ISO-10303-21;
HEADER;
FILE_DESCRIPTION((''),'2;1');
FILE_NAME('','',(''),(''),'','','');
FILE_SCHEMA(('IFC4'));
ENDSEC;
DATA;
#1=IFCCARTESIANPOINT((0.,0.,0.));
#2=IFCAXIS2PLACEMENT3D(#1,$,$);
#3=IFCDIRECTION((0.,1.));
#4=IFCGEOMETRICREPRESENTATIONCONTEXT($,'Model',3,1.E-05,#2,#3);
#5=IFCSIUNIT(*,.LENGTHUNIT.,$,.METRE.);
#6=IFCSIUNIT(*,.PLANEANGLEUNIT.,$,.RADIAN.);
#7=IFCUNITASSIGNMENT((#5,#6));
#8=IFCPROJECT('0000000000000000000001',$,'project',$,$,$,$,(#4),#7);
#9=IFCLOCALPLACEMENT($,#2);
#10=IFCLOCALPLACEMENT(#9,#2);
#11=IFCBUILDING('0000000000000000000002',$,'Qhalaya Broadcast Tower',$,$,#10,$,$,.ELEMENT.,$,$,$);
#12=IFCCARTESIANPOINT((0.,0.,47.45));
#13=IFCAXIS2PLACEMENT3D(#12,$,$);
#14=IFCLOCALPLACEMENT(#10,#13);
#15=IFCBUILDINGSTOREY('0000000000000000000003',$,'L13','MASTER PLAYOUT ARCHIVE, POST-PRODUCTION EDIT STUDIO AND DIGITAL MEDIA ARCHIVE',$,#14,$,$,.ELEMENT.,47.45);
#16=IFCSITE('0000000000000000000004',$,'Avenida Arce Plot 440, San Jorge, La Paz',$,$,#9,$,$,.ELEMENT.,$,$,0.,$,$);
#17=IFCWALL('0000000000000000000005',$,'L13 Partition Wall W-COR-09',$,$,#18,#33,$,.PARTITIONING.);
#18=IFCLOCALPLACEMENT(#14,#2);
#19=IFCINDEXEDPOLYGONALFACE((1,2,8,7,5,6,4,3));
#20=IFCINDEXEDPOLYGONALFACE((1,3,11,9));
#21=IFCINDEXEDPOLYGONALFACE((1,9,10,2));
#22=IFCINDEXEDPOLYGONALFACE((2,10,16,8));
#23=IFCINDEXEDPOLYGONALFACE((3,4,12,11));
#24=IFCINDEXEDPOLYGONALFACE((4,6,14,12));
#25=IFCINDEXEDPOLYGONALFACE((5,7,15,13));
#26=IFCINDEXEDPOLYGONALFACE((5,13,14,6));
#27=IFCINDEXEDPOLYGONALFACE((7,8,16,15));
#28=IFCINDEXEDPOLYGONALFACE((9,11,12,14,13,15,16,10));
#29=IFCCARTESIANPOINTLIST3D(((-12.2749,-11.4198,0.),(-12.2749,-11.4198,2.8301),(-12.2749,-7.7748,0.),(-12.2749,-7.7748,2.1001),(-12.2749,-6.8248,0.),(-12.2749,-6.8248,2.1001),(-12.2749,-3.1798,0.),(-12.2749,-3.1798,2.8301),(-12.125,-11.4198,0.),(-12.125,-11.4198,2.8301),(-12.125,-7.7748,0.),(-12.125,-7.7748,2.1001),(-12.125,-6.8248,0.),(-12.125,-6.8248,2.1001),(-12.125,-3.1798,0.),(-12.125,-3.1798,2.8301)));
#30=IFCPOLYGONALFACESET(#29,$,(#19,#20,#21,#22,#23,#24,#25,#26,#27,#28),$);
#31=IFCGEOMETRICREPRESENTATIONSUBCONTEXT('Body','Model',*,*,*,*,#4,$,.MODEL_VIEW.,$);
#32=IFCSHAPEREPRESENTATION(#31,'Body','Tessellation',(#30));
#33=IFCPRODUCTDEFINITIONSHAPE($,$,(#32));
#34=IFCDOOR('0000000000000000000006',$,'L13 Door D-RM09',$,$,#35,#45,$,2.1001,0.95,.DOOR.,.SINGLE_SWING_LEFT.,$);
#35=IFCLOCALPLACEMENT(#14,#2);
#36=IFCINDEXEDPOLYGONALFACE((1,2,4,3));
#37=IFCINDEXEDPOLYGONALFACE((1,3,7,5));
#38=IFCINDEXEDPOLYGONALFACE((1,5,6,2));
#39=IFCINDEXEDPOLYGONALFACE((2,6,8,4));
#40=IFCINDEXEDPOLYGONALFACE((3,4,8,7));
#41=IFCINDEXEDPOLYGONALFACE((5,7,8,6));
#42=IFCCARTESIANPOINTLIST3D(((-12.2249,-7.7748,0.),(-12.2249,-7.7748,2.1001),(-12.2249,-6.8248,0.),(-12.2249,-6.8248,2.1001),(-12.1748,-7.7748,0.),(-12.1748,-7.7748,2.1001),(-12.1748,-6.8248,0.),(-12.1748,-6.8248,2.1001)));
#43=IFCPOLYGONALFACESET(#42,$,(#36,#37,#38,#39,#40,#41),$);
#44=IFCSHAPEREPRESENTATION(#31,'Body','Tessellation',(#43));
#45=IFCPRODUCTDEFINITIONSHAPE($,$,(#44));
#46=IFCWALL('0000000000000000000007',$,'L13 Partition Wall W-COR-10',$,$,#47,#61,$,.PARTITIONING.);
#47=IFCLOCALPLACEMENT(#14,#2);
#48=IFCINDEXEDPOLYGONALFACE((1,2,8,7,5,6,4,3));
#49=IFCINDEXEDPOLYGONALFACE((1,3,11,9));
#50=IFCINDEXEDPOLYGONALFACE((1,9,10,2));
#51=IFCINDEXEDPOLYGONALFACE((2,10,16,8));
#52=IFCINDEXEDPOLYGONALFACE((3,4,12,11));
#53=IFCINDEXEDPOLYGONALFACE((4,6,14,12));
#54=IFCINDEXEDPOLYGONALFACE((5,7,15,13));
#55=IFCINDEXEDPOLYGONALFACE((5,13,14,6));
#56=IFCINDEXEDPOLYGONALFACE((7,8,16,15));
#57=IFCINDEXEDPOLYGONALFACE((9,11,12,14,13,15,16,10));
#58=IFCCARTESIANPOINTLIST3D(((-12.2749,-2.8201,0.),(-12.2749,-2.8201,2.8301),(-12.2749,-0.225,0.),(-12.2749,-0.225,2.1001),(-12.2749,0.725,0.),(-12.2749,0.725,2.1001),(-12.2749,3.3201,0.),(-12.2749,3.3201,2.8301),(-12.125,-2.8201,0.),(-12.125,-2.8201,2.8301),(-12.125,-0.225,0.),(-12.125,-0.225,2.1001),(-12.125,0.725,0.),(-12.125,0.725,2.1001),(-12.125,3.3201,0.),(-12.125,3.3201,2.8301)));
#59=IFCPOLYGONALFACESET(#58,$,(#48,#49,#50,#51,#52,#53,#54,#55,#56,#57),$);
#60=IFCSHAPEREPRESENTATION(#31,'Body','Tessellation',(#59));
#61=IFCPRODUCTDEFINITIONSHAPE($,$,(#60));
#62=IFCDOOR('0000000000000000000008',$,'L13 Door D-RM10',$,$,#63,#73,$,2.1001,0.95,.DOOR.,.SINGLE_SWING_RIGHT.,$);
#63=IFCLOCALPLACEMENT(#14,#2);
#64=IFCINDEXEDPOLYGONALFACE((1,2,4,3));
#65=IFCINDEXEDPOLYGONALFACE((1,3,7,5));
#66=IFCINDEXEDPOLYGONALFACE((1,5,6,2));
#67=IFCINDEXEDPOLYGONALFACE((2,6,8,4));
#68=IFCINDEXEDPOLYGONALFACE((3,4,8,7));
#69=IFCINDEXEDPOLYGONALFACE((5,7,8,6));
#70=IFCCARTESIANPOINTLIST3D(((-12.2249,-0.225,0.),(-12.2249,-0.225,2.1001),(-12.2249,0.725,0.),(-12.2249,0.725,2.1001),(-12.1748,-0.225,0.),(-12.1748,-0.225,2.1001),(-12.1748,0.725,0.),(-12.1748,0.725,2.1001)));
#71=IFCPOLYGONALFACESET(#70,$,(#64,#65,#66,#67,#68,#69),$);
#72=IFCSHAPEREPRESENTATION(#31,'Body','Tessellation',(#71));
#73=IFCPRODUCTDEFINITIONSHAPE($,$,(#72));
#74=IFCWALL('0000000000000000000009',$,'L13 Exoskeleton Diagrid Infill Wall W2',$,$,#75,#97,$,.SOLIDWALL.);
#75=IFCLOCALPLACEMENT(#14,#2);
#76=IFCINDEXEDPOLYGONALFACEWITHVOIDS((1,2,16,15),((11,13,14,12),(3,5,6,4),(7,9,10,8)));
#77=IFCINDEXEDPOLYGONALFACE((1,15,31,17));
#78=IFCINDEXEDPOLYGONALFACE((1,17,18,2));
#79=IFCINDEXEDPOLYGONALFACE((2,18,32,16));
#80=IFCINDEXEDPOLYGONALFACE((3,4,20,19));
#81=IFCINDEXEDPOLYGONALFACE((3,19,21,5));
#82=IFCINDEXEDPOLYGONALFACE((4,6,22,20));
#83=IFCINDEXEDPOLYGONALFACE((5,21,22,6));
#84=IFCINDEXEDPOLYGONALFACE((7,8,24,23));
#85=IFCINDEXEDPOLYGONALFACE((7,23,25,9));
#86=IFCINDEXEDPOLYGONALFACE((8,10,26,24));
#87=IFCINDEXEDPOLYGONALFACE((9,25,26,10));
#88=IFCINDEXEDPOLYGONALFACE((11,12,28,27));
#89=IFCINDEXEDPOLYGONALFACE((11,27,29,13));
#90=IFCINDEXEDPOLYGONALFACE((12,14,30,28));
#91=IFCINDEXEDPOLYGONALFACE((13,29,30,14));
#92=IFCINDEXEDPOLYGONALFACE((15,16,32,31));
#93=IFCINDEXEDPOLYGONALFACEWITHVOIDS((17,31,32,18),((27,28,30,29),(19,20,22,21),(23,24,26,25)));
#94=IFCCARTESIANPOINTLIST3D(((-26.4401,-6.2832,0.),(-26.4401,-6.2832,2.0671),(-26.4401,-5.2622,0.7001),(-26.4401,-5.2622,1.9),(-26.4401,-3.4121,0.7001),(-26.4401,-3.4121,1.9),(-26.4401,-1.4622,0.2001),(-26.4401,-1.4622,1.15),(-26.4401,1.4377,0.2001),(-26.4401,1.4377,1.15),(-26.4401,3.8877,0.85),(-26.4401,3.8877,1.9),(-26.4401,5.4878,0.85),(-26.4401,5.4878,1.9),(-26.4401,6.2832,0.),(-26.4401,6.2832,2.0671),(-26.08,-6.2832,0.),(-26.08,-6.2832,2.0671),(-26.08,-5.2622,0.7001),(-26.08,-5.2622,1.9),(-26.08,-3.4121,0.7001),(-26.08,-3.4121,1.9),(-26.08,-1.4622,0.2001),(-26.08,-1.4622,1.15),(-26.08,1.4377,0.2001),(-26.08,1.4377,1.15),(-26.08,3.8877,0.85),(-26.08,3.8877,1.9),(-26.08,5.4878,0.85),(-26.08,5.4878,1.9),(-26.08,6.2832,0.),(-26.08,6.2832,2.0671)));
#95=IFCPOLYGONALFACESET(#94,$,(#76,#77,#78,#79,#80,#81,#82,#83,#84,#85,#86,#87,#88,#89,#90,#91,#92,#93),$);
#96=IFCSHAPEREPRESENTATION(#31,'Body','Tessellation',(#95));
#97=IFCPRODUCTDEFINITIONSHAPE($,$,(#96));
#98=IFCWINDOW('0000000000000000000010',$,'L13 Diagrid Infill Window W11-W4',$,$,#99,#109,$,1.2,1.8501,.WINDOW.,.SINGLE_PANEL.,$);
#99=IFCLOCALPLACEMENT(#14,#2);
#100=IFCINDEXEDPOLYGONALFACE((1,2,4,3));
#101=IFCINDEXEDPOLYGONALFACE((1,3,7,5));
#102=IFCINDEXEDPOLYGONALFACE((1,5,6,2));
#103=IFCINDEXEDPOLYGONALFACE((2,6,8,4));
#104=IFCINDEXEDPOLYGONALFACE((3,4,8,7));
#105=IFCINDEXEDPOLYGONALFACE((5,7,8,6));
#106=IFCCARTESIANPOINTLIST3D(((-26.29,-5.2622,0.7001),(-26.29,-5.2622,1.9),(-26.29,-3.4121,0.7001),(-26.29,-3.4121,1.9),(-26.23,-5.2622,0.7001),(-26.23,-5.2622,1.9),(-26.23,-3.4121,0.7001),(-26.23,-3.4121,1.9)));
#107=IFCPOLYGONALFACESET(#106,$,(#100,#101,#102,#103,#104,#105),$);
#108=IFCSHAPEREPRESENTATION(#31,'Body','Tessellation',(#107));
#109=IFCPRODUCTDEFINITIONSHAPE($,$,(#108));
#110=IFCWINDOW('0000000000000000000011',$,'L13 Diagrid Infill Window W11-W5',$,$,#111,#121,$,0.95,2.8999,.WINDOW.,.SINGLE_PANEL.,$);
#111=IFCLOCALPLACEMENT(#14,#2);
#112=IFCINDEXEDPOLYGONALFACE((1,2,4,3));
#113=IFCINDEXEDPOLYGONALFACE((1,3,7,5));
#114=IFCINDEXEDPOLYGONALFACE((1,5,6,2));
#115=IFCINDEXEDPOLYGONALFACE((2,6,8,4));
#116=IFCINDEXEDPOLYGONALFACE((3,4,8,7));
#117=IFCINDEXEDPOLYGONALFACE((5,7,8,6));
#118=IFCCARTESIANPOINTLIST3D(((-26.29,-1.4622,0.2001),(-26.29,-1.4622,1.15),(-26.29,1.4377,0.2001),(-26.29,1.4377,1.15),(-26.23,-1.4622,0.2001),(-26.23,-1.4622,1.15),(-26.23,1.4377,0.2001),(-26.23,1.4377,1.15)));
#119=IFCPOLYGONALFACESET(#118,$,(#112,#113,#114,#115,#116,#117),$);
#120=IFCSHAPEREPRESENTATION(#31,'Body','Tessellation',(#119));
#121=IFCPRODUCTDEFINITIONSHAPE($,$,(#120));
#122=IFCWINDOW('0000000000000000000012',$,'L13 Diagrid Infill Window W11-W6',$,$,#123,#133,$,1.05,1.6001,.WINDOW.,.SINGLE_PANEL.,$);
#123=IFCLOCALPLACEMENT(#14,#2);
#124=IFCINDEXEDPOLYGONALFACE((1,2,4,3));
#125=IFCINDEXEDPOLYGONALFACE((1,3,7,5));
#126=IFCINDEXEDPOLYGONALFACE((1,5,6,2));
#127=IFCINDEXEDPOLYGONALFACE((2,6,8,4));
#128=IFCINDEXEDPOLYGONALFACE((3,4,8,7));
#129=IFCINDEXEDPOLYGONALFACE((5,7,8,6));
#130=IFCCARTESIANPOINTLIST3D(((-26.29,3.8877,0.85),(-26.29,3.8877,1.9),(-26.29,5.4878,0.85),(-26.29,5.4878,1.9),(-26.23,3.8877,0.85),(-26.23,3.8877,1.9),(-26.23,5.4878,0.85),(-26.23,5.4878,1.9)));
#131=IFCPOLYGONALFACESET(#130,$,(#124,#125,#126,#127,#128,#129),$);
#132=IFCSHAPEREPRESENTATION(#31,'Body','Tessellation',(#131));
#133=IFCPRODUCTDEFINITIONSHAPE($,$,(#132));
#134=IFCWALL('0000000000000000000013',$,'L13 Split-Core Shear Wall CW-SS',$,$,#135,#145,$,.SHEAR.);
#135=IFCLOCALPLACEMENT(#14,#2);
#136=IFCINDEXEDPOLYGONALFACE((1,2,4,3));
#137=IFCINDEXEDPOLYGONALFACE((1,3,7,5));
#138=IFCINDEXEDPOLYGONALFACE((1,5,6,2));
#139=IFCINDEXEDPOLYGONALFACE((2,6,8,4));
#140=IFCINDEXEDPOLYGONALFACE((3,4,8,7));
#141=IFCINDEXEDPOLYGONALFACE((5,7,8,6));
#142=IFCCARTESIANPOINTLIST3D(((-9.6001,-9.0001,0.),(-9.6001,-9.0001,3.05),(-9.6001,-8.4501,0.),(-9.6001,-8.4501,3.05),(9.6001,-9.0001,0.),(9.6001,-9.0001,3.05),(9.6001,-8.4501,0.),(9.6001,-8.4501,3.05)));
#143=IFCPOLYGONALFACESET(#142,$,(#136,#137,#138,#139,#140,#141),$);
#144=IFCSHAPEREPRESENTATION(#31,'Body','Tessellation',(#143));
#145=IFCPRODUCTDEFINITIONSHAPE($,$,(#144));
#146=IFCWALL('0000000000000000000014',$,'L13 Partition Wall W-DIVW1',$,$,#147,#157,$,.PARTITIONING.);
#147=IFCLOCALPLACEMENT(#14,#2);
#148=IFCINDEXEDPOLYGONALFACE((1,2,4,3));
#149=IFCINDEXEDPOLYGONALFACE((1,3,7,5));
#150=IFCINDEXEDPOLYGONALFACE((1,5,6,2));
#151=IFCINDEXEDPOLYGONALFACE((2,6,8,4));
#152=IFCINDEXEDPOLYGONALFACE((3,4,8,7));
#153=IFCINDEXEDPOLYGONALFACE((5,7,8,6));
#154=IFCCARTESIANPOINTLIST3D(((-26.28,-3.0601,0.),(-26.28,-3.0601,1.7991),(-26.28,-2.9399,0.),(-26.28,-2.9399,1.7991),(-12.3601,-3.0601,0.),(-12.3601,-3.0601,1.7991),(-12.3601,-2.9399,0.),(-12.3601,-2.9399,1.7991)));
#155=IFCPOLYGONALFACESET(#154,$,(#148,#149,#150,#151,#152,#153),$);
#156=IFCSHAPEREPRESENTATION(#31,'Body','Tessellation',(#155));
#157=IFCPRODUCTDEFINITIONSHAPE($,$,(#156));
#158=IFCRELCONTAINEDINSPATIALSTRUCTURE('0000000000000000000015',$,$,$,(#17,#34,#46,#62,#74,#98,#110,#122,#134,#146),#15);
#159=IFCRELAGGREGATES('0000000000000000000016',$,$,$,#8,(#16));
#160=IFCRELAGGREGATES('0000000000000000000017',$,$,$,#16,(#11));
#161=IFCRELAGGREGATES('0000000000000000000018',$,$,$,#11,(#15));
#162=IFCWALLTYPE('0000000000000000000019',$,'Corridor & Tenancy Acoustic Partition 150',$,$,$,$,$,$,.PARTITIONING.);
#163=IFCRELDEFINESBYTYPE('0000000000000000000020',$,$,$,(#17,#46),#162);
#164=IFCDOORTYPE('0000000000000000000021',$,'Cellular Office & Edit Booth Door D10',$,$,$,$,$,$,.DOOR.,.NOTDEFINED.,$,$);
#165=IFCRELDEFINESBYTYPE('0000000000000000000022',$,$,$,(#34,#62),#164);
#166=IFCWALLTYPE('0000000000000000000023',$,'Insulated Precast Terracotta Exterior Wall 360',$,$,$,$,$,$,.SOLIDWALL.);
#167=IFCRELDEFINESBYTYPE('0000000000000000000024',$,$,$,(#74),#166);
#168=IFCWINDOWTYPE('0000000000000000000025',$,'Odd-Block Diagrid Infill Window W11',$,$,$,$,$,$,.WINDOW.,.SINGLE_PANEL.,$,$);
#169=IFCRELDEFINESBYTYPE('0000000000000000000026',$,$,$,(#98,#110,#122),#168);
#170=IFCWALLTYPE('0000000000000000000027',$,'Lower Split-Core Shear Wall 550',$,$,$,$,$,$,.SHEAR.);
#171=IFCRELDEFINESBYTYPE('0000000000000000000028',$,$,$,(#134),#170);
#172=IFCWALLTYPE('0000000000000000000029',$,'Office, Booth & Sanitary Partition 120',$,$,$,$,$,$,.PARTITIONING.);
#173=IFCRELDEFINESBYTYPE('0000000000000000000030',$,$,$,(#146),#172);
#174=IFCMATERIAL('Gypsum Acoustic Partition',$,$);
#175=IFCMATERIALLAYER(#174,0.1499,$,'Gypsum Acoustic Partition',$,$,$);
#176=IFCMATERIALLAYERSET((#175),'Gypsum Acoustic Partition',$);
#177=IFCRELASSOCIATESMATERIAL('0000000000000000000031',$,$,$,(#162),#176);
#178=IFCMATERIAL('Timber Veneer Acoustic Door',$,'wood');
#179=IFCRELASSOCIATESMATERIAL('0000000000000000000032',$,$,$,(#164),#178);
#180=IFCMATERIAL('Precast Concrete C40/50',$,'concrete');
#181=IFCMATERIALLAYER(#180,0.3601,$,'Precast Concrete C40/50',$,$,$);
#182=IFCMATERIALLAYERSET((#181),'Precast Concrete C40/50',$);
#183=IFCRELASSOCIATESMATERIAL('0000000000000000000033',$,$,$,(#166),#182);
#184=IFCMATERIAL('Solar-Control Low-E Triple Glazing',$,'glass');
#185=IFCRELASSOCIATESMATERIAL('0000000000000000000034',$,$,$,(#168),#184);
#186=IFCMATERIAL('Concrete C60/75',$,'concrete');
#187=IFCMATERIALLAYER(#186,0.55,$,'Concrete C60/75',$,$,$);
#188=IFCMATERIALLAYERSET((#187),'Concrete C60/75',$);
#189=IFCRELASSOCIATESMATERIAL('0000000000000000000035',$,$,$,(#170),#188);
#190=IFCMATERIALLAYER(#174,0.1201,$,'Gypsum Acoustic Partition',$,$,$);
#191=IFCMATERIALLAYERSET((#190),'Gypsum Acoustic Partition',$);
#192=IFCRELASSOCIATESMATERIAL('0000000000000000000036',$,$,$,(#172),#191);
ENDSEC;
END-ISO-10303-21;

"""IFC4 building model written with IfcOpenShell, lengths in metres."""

from ifc_helpers import new_model, si_unit, direction, frame, frame_2d, origin, place, context, subcontext, project, spatial, rectangle, extrude, material, layer, layer_set, type_object, element, fill, save


model = new_model("IFC4")

# Units and contexts
model_context = context("Model", 3, precision=1e-05, world=origin(), true_north=direction((0.0, 1.0)))
body_context = subcontext(model_context, "Body", "Model", "MODEL_VIEW")
ifc_project = project(units=[si_unit("LENGTHUNIT", "METRE"), si_unit("PLANEANGLEUNIT", "RADIAN")], contexts=[model_context])

# Site, building, storey
site_placement = place(None, origin())
site = spatial("IfcSite", under=ifc_project, at=site_placement, Name="Avenida Arce Plot 440, San Jorge, La Paz", CompositionType="ELEMENT", RefElevation=0.0)
building_placement = place(site_placement, origin())
building = spatial("IfcBuilding", under=site, at=building_placement, Name="Qhalaya Broadcast Tower", CompositionType="ELEMENT")
storey_placement = place(building_placement, frame((0.0, 0.0, 47.45)))
storey = spatial("IfcBuildingStorey", under=building, at=storey_placement, Name="L13", Description="MASTER PLAYOUT ARCHIVE, POST-PRODUCTION EDIT STUDIO AND DIGITAL MEDIA ARCHIVE", CompositionType="ELEMENT", Elevation=47.45)

# Walls, openings, doors
ifc_material_1 = material(Name="Gypsum Acoustic Partition")
ifc_layer_1 = layer(ifc_material_1, 0.1499, Name="Gypsum Acoustic Partition")
ifc_layer_set_1 = layer_set([ifc_layer_1], Name="Gypsum Acoustic Partition")
wall_type_1 = type_object("IfcWallType", Name="Corridor & Tenancy Acoustic Partition 150", PredefinedType="PARTITIONING", material=ifc_layer_set_1)
wall_1_placement = place(storey_placement, frame((-12.2, -11.4199, 0.0), z_axis=(0.0, 0.0, 1.0), x_axis=(0.0, 1.0, 0.0)))
wall_1 = element("IfcWall", 1, at=wall_1_placement, inside=storey, type_object=wall_type_1, Name="L13 Partition Wall W-COR-09", PredefinedType="PARTITIONING", context=body_context, shape_type="SweptSolid", body=[
    extrude(rectangle(XDim=8.24, YDim=0.1499, at=frame_2d((4.1201, 0.0))), origin(), (0.0, 0.0, 1.0), 2.8301),
])
opening_1_placement = place(wall_1_placement, frame((3.645, 0.0, 0.0)))
opening_1 = element("IfcOpeningElement", 2, at=opening_1_placement, cuts=wall_1, PredefinedType="OPENING", context=body_context, shape_type="SweptSolid", body=[
    extrude(rectangle(XDim=0.95, YDim=2.1001, at=frame_2d((0.4751, 1.05))), frame((0.0, 0.0869, 0.0), z_axis=(0.0, -1.0, 0.0), x_axis=(1.0, 0.0, 0.0)), (0.0, 0.0, 1.0), 0.1738),
])
ifc_material_2 = material(Name="Timber Veneer Acoustic Door", Category="wood")
door_type_1 = type_object("IfcDoorType", Name="Cellular Office & Edit Booth Door D10", OperationType="NOTDEFINED", PredefinedType="DOOR", material=ifc_material_2)
door_1_placement = place(opening_1_placement, origin())
door_1 = element("IfcDoor", 3, at=door_1_placement, inside=storey, type_object=door_type_1, Name="L13 Door D-RM09", OperationType="SINGLE_SWING_LEFT", OverallHeight=2.1001, OverallWidth=0.95, PredefinedType="DOOR", context=body_context, shape_type="SweptSolid", body=[
    extrude(rectangle(XDim=0.95, YDim=2.1001, at=frame_2d((0.4751, 1.05))), frame((0.0, 0.0249, 0.0), z_axis=(0.0, -1.0, 0.0), x_axis=(1.0, 0.0, 0.0)), (0.0, 0.0, 1.0), 0.05),
])
fill(opening_1, door_1)
wall_2_placement = place(storey_placement, frame((-12.2, -2.8201, 0.0), z_axis=(0.0, 0.0, 1.0), x_axis=(0.0, 1.0, 0.0)))
wall_2 = element("IfcWall", 4, at=wall_2_placement, inside=storey, type_object=wall_type_1, Name="L13 Partition Wall W-COR-10", PredefinedType="PARTITIONING", context=body_context, shape_type="SweptSolid", body=[
    extrude(rectangle(XDim=6.1401, YDim=0.1499, at=frame_2d((3.0701, 0.0))), origin(), (0.0, 0.0, 1.0), 2.8301),
])
opening_2_placement = place(wall_2_placement, frame((2.595, 0.0, 0.0)))
opening_2 = element("IfcOpeningElement", 5, at=opening_2_placement, cuts=wall_2, PredefinedType="OPENING", context=body_context, shape_type="SweptSolid", body=[
    extrude(rectangle(XDim=0.95, YDim=2.1001, at=frame_2d((0.4751, 1.05))), frame((0.0, 0.0869, 0.0), z_axis=(0.0, -1.0, 0.0), x_axis=(1.0, 0.0, 0.0)), (0.0, 0.0, 1.0), 0.1738),
])
door_2_placement = place(opening_2_placement, origin())
door_2 = element("IfcDoor", 6, at=door_2_placement, inside=storey, type_object=door_type_1, Name="L13 Door D-RM10", OperationType="SINGLE_SWING_RIGHT", OverallHeight=2.1001, OverallWidth=0.95, PredefinedType="DOOR", context=body_context, shape_type="SweptSolid", body=[
    extrude(rectangle(XDim=0.95, YDim=2.1001, at=frame_2d((0.4751, 1.05))), frame((0.0, 0.0249, 0.0), z_axis=(0.0, -1.0, 0.0), x_axis=(1.0, 0.0, 0.0)), (0.0, 0.0, 1.0), 0.05),
])
fill(opening_2, door_2)

# Wall, openings, windows
ifc_material_3 = material(Name="Precast Concrete C40/50", Category="concrete")
ifc_layer_2 = layer(ifc_material_3, 0.3601, Name="Precast Concrete C40/50")
ifc_layer_set_2 = layer_set([ifc_layer_2], Name="Precast Concrete C40/50")
wall_type_2 = type_object("IfcWallType", Name="Insulated Precast Terracotta Exterior Wall 360", PredefinedType="SOLIDWALL", material=ifc_layer_set_2)
wall_3_placement = place(storey_placement, frame((-26.26, -6.2832, 0.0), z_axis=(0.0, 0.0, 1.0), x_axis=(0.0, 1.0, 0.0)))
wall_3 = element("IfcWall", 7, at=wall_3_placement, inside=storey, type_object=wall_type_2, Name="L13 Exoskeleton Diagrid Infill Wall W2", PredefinedType="SOLIDWALL", context=body_context, shape_type="SweptSolid", body=[
    extrude(rectangle(XDim=12.5664, YDim=0.3601, at=frame_2d((6.2832, 0.0))), origin(), (0.0, 0.0, 1.0), 2.0671),
])
opening_3_placement = place(wall_3_placement, frame((1.021, 0.0, 0.7)))
opening_3 = element("IfcOpeningElement", 8, at=opening_3_placement, cuts=wall_3, PredefinedType="OPENING", context=body_context, shape_type="SweptSolid", body=[
    extrude(rectangle(XDim=1.8501, YDim=1.2, at=frame_2d((0.925, 0.6001))), frame((0.0, 0.1921, 0.0), z_axis=(0.0, -1.0, 0.0), x_axis=(1.0, 0.0, 0.0)), (0.0, 0.0, 1.0), 0.384),
])
opening_4_placement = place(wall_3_placement, frame((4.821, 0.0, 0.2)))
opening_4 = element("IfcOpeningElement", 9, at=opening_4_placement, cuts=wall_3, PredefinedType="OPENING", context=body_context, shape_type="SweptSolid", body=[
    extrude(rectangle(XDim=2.8999, YDim=0.95, at=frame_2d((1.45, 0.4751))), frame((0.0, 0.1921, 0.0), z_axis=(0.0, -1.0, 0.0), x_axis=(1.0, 0.0, 0.0)), (0.0, 0.0, 1.0), 0.384),
])
opening_5_placement = place(wall_3_placement, frame((10.1709, 0.0, 0.8501)))
opening_5 = element("IfcOpeningElement", 10, at=opening_5_placement, cuts=wall_3, PredefinedType="OPENING", context=body_context, shape_type="SweptSolid", body=[
    extrude(rectangle(XDim=1.6001, YDim=1.05, at=frame_2d((0.8, 0.5249))), frame((0.0, 0.1921, 0.0), z_axis=(0.0, -1.0, 0.0), x_axis=(1.0, 0.0, 0.0)), (0.0, 0.0, 1.0), 0.384),
])
ifc_material_4 = material(Name="Solar-Control Low-E Triple Glazing", Category="glass")
window_type = type_object("IfcWindowType", Name="Odd-Block Diagrid Infill Window W11", PartitioningType="SINGLE_PANEL", PredefinedType="WINDOW", material=ifc_material_4)
window_1_placement = place(opening_3_placement, origin())
window_1 = element("IfcWindow", 11, at=window_1_placement, inside=storey, type_object=window_type, Name="L13 Diagrid Infill Window W11-W4", OverallHeight=1.2, OverallWidth=1.8501, PartitioningType="SINGLE_PANEL", PredefinedType="WINDOW", context=body_context, shape_type="SweptSolid", body=[
    extrude(rectangle(XDim=1.8501, YDim=1.2, at=frame_2d((0.925, 0.6001))), frame((0.0, 0.03, 0.0), z_axis=(0.0, -1.0, 0.0), x_axis=(1.0, 0.0, 0.0)), (0.0, 0.0, 1.0), 0.0601),
])
fill(opening_3, window_1)
window_2_placement = place(opening_4_placement, origin())
window_2 = element("IfcWindow", 12, at=window_2_placement, inside=storey, type_object=window_type, Name="L13 Diagrid Infill Window W11-W5", OverallHeight=0.95, OverallWidth=2.8999, PartitioningType="SINGLE_PANEL", PredefinedType="WINDOW", context=body_context, shape_type="SweptSolid", body=[
    extrude(rectangle(XDim=2.8999, YDim=0.95, at=frame_2d((1.45, 0.4751))), frame((0.0, 0.03, 0.0), z_axis=(0.0, -1.0, 0.0), x_axis=(1.0, 0.0, 0.0)), (0.0, 0.0, 1.0), 0.0601),
])
fill(opening_4, window_2)
window_3_placement = place(opening_5_placement, origin())
window_3 = element("IfcWindow", 13, at=window_3_placement, inside=storey, type_object=window_type, Name="L13 Diagrid Infill Window W11-W6", OverallHeight=1.05, OverallWidth=1.6001, PartitioningType="SINGLE_PANEL", PredefinedType="WINDOW", context=body_context, shape_type="SweptSolid", body=[
    extrude(rectangle(XDim=1.6001, YDim=1.05, at=frame_2d((0.8, 0.5249))), frame((0.0, 0.03, 0.0), z_axis=(0.0, -1.0, 0.0), x_axis=(1.0, 0.0, 0.0)), (0.0, 0.0, 1.0), 0.0601),
])
fill(opening_5, window_3)

# Wall
ifc_material_5 = material(Name="Concrete C60/75", Category="concrete")
ifc_layer_3 = layer(ifc_material_5, 0.55, Name="Concrete C60/75")
ifc_layer_set_3 = layer_set([ifc_layer_3], Name="Concrete C60/75")
wall_type_3 = type_object("IfcWallType", Name="Lower Split-Core Shear Wall 550", PredefinedType="SHEAR", material=ifc_layer_set_3)
wall_4_placement = place(storey_placement, frame((-9.6001, -8.7251, 0.0), z_axis=(0.0, 0.0, 1.0), x_axis=(1.0, 0.0, 0.0)))
element("IfcWall", 14, at=wall_4_placement, inside=storey, type_object=wall_type_3, Name="L13 Split-Core Shear Wall CW-SS", PredefinedType="SHEAR", context=body_context, shape_type="SweptSolid", body=[
    extrude(rectangle(XDim=19.2002, YDim=0.55, at=frame_2d((9.6001, 0.0))), origin(), (0.0, 0.0, 1.0), 3.05),
])

# Wall
ifc_layer_4 = layer(ifc_material_1, 0.1201, Name="Gypsum Acoustic Partition")
ifc_layer_set_4 = layer_set([ifc_layer_4], Name="Gypsum Acoustic Partition")
wall_type_4 = type_object("IfcWallType", Name="Office, Booth & Sanitary Partition 120", PredefinedType="PARTITIONING", material=ifc_layer_set_4)
wall_5_placement = place(storey_placement, frame((-26.28, -3.0, 0.0), z_axis=(0.0, 0.0, 1.0), x_axis=(1.0, 0.0, 0.0)))
element("IfcWall", 15, at=wall_5_placement, inside=storey, type_object=wall_type_4, Name="L13 Partition Wall W-DIVW1", PredefinedType="PARTITIONING", context=body_context, shape_type="SweptSolid", body=[
    extrude(rectangle(XDim=13.9199, YDim=0.1201, at=frame_2d((6.96, 0.0))), origin(), (0.0, 0.0, 1.0), 1.7991),
])

save(model, "model.ifc")
